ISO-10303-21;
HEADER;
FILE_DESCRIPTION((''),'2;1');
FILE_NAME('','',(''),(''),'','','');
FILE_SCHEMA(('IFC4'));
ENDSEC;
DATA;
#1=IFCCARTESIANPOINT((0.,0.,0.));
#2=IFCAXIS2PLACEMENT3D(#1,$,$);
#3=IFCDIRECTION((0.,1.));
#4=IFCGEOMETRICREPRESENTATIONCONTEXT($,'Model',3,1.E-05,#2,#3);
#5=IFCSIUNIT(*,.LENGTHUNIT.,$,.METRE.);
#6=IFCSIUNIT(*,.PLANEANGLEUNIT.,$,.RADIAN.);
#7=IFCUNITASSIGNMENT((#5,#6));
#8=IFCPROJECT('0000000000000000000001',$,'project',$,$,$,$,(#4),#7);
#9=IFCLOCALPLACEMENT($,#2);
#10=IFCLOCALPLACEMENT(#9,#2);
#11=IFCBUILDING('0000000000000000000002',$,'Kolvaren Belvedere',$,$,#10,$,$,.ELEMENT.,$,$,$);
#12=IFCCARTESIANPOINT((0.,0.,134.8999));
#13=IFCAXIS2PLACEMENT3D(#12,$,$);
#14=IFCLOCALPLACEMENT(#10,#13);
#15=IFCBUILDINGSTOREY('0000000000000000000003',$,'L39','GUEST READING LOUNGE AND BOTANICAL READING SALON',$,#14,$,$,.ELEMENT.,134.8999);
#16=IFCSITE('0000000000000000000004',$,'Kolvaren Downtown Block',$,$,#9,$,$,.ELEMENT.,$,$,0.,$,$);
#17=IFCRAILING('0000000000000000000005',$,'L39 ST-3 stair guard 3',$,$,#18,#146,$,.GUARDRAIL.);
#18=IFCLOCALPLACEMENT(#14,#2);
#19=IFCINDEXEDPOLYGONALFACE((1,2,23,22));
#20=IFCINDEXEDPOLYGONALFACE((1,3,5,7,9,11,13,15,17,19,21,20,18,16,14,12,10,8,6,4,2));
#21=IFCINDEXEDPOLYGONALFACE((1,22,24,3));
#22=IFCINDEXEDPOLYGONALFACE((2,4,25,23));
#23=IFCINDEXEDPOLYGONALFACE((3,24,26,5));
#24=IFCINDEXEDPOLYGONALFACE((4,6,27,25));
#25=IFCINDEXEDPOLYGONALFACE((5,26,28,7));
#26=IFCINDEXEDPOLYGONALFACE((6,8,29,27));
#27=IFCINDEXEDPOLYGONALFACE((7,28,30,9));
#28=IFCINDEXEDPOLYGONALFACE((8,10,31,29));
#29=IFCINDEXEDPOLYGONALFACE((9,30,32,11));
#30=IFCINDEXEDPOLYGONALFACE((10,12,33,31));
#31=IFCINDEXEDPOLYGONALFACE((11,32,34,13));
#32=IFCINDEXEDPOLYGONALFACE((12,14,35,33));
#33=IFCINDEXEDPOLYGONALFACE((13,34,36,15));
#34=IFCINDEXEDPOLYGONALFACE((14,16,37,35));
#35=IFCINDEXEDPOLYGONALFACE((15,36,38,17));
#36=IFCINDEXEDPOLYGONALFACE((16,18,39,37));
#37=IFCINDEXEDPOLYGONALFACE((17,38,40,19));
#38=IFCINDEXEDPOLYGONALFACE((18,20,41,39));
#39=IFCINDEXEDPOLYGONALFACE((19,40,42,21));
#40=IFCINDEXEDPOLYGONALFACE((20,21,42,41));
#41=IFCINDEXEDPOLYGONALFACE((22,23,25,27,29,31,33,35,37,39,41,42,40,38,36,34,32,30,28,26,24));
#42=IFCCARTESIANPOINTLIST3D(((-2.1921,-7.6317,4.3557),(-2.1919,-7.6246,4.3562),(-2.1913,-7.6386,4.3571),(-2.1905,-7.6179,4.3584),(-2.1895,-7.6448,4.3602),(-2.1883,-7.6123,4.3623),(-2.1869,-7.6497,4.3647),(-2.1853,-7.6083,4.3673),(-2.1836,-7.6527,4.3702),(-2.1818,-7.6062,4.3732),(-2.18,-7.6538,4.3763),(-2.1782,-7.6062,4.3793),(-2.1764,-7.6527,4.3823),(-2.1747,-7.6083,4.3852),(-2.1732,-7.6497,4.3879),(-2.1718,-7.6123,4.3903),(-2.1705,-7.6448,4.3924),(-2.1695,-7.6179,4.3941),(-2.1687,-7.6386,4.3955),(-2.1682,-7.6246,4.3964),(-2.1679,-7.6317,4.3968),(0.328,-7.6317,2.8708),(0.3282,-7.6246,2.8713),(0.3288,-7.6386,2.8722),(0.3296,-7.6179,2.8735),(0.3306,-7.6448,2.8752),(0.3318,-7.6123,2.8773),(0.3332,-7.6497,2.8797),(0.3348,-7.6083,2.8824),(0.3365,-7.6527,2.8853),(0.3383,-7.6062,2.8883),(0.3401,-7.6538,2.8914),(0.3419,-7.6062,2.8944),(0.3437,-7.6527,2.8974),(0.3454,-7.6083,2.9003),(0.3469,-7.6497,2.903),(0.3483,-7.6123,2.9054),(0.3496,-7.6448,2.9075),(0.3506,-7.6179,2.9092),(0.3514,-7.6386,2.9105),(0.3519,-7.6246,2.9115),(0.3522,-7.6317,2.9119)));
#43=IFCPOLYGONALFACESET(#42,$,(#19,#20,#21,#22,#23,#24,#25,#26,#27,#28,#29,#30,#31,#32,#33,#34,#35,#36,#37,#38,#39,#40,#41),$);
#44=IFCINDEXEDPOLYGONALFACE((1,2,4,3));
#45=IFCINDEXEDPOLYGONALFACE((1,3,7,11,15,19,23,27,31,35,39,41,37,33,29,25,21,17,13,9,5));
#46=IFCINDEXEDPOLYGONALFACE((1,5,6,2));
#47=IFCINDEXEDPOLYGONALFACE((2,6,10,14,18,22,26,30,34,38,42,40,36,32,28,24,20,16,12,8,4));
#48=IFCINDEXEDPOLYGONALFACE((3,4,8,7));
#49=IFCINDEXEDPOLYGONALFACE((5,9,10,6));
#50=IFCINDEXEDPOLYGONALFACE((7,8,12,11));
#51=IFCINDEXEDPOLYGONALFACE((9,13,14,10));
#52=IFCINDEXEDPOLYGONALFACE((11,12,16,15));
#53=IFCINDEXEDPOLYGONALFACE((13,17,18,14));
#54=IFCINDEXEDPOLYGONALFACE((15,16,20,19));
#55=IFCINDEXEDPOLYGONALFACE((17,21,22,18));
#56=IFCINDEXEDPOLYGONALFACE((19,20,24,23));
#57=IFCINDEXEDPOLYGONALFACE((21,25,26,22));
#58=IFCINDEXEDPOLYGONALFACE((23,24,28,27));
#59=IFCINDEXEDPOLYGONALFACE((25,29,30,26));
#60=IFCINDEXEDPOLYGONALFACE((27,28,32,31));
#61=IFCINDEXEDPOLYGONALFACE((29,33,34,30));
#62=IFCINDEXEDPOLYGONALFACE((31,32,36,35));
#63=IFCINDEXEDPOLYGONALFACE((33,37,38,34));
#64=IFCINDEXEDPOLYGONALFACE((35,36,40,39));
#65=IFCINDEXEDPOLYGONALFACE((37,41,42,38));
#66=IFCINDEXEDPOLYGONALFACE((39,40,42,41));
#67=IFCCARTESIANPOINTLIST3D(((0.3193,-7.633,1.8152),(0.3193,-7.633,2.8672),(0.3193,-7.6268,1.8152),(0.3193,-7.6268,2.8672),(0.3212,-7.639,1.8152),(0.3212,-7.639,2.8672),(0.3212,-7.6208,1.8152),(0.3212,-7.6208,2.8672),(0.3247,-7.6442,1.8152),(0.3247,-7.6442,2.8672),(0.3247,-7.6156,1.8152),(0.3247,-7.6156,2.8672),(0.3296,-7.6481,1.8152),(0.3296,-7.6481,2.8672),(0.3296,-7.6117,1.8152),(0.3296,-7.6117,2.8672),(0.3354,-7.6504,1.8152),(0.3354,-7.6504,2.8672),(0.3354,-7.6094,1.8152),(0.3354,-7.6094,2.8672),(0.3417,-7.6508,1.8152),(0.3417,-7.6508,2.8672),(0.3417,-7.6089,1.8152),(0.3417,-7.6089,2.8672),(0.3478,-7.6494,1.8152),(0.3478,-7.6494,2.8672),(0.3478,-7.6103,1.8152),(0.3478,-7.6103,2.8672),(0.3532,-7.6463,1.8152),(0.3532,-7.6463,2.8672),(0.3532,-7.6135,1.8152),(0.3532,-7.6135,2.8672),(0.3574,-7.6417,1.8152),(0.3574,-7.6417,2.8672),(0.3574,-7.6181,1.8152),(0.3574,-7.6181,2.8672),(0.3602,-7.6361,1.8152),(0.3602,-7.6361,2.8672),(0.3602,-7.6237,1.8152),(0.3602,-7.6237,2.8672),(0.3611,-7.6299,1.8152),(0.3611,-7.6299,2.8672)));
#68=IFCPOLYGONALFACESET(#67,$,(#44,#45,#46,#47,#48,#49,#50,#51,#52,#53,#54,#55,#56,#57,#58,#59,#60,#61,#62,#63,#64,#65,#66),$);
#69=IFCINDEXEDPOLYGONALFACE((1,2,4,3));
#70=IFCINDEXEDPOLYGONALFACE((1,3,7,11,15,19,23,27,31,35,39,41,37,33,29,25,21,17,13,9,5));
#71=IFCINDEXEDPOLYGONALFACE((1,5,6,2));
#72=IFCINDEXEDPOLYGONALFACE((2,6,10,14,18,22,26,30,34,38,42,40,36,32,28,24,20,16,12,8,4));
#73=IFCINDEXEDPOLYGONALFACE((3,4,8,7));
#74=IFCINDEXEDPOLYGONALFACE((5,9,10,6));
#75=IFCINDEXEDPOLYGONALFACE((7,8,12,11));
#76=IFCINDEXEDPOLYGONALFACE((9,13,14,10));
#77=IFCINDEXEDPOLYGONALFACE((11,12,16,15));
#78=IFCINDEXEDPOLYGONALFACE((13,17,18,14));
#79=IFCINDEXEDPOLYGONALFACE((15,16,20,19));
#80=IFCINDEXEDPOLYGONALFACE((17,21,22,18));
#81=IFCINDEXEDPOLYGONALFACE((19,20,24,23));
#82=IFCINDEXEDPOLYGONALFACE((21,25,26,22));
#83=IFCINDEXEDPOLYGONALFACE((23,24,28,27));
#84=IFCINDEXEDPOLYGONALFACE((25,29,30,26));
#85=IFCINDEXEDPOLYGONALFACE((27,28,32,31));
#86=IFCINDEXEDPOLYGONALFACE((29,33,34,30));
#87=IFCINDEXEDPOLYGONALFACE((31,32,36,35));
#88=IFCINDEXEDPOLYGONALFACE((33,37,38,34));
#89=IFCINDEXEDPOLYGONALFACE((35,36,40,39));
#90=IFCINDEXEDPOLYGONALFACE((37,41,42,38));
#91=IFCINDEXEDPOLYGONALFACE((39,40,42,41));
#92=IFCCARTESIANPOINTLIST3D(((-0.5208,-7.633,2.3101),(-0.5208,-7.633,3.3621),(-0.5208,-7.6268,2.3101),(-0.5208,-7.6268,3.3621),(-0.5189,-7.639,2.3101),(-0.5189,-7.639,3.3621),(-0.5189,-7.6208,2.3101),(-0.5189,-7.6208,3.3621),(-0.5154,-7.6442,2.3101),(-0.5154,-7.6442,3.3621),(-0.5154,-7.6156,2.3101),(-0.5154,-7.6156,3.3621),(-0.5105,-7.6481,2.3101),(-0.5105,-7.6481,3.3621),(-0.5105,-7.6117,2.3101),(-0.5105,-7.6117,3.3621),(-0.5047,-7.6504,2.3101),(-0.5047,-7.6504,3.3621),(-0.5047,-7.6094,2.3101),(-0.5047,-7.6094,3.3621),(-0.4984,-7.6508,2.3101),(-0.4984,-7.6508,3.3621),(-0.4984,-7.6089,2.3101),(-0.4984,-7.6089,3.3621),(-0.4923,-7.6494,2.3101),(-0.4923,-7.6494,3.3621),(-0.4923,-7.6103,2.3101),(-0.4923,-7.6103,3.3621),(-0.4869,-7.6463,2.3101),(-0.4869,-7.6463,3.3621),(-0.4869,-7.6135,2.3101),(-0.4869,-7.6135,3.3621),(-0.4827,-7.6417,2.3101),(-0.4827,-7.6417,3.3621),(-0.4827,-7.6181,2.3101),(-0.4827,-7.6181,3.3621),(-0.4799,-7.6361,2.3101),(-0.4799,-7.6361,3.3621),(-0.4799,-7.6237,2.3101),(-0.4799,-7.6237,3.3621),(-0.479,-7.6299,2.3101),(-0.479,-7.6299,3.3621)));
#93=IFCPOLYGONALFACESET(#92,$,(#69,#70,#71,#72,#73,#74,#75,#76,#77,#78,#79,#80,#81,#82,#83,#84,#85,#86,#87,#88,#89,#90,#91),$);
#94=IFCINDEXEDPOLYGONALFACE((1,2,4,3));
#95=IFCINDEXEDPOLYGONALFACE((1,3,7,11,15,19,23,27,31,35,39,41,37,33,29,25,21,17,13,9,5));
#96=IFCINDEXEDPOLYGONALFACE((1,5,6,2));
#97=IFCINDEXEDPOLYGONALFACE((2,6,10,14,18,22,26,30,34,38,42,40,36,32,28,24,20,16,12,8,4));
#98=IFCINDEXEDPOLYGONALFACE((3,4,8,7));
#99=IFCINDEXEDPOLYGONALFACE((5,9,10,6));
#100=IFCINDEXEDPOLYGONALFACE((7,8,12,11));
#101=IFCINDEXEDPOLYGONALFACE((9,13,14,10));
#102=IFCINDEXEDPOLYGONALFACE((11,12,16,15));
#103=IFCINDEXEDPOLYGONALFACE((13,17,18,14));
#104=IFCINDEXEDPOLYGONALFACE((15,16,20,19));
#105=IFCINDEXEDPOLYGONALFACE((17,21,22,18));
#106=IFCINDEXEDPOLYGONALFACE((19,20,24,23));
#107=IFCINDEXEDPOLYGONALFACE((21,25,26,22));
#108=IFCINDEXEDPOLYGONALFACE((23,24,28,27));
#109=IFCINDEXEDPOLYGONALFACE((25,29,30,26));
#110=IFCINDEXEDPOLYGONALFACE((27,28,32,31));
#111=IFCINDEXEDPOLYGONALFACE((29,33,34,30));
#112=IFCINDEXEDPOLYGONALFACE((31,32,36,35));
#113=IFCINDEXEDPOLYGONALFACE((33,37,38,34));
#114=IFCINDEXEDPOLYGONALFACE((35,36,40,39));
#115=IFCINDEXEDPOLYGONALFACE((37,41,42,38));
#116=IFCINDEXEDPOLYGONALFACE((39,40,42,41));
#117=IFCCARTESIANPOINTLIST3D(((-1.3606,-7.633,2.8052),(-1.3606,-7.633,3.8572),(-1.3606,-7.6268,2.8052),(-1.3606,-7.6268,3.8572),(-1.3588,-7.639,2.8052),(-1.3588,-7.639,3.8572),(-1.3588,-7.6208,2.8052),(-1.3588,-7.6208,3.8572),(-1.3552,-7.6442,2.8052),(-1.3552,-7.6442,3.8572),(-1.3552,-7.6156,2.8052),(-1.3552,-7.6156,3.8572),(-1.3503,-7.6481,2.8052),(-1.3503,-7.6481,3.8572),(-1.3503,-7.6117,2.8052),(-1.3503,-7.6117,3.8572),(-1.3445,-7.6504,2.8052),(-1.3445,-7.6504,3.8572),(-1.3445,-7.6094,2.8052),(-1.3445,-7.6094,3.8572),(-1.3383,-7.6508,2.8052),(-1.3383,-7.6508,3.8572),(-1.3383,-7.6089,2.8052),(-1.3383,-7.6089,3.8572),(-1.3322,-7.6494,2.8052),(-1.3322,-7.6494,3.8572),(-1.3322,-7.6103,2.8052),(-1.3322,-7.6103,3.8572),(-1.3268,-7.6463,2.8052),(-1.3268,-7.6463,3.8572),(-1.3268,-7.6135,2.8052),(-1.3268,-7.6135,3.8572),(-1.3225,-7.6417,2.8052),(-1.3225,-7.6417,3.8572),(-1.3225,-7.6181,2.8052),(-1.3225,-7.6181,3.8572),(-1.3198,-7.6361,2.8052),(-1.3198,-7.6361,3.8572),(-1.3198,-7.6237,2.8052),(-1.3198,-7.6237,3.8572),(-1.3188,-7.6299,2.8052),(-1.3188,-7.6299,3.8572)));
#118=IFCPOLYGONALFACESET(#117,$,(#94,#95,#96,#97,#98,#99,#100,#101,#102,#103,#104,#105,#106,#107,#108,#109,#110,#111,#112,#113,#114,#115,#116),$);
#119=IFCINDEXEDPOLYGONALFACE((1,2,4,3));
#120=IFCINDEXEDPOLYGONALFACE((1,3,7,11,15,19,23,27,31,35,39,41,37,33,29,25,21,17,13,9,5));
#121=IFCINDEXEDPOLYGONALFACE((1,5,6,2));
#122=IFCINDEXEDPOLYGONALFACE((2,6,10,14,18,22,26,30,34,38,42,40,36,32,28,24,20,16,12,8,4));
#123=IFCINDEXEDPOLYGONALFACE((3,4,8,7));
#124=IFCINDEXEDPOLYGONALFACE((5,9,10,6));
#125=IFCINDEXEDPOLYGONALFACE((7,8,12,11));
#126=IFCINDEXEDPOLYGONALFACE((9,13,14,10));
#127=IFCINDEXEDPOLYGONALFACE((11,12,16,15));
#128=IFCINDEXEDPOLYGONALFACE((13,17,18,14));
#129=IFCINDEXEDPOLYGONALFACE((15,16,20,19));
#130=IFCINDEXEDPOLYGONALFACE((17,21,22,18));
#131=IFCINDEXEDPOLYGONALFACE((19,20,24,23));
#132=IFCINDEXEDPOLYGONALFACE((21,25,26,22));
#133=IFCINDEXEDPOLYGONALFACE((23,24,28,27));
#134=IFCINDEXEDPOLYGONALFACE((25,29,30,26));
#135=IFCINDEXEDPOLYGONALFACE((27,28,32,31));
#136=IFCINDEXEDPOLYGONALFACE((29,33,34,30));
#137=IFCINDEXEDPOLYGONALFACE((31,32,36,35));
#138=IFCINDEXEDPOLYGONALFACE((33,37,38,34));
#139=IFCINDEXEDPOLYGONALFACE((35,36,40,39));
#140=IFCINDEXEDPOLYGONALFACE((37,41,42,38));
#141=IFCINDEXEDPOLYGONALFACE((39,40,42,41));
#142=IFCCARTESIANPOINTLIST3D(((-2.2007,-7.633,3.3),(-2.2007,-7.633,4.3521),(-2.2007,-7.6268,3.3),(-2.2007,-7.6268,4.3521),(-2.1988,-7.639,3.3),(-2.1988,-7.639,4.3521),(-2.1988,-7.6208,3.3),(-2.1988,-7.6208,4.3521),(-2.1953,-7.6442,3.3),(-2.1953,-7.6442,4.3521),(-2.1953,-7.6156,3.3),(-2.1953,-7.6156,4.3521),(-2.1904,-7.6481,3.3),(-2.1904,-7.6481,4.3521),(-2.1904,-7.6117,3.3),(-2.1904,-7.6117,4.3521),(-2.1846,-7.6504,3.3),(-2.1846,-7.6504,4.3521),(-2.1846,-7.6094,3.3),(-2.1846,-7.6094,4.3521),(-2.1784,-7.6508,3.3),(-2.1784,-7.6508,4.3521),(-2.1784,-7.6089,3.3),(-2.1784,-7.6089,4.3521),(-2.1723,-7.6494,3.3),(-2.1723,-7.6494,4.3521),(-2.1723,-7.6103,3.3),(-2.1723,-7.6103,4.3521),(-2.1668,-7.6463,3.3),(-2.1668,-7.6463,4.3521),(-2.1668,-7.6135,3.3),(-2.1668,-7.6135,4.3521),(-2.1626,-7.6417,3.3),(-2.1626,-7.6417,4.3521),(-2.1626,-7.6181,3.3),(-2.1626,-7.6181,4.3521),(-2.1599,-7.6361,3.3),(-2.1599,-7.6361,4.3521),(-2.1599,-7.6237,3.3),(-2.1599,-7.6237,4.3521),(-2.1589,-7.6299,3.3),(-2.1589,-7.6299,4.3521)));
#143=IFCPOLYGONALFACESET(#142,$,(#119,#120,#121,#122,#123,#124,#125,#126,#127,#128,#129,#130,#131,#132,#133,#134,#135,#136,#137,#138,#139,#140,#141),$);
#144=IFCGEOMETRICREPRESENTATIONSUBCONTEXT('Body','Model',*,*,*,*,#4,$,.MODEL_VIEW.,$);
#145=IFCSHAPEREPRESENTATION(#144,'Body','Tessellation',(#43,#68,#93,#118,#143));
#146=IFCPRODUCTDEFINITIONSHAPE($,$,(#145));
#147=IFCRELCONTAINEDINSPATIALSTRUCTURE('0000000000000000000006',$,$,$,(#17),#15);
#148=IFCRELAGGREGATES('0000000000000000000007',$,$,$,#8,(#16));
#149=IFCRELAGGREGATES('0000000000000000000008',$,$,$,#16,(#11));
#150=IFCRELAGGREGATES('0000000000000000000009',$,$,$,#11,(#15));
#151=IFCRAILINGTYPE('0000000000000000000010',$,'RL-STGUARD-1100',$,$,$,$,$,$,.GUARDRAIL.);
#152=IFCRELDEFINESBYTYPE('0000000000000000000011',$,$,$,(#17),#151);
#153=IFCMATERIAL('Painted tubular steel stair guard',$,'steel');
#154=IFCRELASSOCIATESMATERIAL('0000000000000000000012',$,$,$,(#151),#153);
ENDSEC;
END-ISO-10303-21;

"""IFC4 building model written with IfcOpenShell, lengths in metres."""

from ifc_helpers import new_model, si_unit, direction, frame, origin, origin_2d, place, context, subcontext, project, spatial, circle, extrude, material, type_object, element, save


model = new_model("IFC4")

# Units and contexts
model_context = context("Model", 3, precision=1e-05, world=origin(), true_north=direction((0.0, 1.0)))
body_context = subcontext(model_context, "Body", "Model", "MODEL_VIEW")
ifc_project = project(units=[si_unit("LENGTHUNIT", "METRE"), si_unit("PLANEANGLEUNIT", "RADIAN")], contexts=[model_context])

# Site, building, storey
site_placement = place(None, origin())
site = spatial("IfcSite", under=ifc_project, at=site_placement, Name="Kolvaren Downtown Block", CompositionType="ELEMENT", RefElevation=0.0)
building_placement = place(site_placement, origin())
building = spatial("IfcBuilding", under=site, at=building_placement, Name="Kolvaren Belvedere", CompositionType="ELEMENT")
storey_placement = place(building_placement, frame((0.0, 0.0, 134.8999)))
storey = spatial("IfcBuildingStorey", under=building, at=storey_placement, Name="L39", Description="GUEST READING LOUNGE AND BOTANICAL READING SALON", CompositionType="ELEMENT", Elevation=134.8999)

# Railing
ifc_material_1 = material(Name="Painted tubular steel stair guard", Category="steel")
railing_type_1 = type_object("IfcRailingType", Name="RL-STGUARD-1100", PredefinedType="GUARDRAIL", material=ifc_material_1)
railing_1_placement = place(storey_placement, frame((0.3401, -7.6299, 1.8152)))
element("IfcRailing", 1, at=railing_1_placement, inside=storey, type_object=railing_type_1, Name="L39 ST-3 stair guard 3", PredefinedType="GUARDRAIL", context=body_context, shape_type="SweptSolid", body=[
    extrude(circle(Radius=0.0239, at=origin_2d()), frame((0.0, 0.0, 1.0762), z_axis=(-0.861561, 0.0, 0.507655), x_axis=(0.0, -1.0, 0.0)), (0.0, 0.0, 1.0), 2.925),
    extrude(circle(Radius=0.021, at=origin_2d()), origin(), (0.0, 0.0, 1.0), 1.052),
    extrude(circle(Radius=0.021, at=origin_2d()), frame((-0.8401, 0.0, 0.4949)), (0.0, 0.0, 1.0), 1.052),
    extrude(circle(Radius=0.021, at=origin_2d()), frame((-1.6799, 0.0, 0.99)), (0.0, 0.0, 1.0), 1.052),
    extrude(circle(Radius=0.021, at=origin_2d()), frame((-2.52, 0.0, 1.4849)), (0.0, 0.0, 1.0), 1.052),
])

save(model, "model.ifc")
